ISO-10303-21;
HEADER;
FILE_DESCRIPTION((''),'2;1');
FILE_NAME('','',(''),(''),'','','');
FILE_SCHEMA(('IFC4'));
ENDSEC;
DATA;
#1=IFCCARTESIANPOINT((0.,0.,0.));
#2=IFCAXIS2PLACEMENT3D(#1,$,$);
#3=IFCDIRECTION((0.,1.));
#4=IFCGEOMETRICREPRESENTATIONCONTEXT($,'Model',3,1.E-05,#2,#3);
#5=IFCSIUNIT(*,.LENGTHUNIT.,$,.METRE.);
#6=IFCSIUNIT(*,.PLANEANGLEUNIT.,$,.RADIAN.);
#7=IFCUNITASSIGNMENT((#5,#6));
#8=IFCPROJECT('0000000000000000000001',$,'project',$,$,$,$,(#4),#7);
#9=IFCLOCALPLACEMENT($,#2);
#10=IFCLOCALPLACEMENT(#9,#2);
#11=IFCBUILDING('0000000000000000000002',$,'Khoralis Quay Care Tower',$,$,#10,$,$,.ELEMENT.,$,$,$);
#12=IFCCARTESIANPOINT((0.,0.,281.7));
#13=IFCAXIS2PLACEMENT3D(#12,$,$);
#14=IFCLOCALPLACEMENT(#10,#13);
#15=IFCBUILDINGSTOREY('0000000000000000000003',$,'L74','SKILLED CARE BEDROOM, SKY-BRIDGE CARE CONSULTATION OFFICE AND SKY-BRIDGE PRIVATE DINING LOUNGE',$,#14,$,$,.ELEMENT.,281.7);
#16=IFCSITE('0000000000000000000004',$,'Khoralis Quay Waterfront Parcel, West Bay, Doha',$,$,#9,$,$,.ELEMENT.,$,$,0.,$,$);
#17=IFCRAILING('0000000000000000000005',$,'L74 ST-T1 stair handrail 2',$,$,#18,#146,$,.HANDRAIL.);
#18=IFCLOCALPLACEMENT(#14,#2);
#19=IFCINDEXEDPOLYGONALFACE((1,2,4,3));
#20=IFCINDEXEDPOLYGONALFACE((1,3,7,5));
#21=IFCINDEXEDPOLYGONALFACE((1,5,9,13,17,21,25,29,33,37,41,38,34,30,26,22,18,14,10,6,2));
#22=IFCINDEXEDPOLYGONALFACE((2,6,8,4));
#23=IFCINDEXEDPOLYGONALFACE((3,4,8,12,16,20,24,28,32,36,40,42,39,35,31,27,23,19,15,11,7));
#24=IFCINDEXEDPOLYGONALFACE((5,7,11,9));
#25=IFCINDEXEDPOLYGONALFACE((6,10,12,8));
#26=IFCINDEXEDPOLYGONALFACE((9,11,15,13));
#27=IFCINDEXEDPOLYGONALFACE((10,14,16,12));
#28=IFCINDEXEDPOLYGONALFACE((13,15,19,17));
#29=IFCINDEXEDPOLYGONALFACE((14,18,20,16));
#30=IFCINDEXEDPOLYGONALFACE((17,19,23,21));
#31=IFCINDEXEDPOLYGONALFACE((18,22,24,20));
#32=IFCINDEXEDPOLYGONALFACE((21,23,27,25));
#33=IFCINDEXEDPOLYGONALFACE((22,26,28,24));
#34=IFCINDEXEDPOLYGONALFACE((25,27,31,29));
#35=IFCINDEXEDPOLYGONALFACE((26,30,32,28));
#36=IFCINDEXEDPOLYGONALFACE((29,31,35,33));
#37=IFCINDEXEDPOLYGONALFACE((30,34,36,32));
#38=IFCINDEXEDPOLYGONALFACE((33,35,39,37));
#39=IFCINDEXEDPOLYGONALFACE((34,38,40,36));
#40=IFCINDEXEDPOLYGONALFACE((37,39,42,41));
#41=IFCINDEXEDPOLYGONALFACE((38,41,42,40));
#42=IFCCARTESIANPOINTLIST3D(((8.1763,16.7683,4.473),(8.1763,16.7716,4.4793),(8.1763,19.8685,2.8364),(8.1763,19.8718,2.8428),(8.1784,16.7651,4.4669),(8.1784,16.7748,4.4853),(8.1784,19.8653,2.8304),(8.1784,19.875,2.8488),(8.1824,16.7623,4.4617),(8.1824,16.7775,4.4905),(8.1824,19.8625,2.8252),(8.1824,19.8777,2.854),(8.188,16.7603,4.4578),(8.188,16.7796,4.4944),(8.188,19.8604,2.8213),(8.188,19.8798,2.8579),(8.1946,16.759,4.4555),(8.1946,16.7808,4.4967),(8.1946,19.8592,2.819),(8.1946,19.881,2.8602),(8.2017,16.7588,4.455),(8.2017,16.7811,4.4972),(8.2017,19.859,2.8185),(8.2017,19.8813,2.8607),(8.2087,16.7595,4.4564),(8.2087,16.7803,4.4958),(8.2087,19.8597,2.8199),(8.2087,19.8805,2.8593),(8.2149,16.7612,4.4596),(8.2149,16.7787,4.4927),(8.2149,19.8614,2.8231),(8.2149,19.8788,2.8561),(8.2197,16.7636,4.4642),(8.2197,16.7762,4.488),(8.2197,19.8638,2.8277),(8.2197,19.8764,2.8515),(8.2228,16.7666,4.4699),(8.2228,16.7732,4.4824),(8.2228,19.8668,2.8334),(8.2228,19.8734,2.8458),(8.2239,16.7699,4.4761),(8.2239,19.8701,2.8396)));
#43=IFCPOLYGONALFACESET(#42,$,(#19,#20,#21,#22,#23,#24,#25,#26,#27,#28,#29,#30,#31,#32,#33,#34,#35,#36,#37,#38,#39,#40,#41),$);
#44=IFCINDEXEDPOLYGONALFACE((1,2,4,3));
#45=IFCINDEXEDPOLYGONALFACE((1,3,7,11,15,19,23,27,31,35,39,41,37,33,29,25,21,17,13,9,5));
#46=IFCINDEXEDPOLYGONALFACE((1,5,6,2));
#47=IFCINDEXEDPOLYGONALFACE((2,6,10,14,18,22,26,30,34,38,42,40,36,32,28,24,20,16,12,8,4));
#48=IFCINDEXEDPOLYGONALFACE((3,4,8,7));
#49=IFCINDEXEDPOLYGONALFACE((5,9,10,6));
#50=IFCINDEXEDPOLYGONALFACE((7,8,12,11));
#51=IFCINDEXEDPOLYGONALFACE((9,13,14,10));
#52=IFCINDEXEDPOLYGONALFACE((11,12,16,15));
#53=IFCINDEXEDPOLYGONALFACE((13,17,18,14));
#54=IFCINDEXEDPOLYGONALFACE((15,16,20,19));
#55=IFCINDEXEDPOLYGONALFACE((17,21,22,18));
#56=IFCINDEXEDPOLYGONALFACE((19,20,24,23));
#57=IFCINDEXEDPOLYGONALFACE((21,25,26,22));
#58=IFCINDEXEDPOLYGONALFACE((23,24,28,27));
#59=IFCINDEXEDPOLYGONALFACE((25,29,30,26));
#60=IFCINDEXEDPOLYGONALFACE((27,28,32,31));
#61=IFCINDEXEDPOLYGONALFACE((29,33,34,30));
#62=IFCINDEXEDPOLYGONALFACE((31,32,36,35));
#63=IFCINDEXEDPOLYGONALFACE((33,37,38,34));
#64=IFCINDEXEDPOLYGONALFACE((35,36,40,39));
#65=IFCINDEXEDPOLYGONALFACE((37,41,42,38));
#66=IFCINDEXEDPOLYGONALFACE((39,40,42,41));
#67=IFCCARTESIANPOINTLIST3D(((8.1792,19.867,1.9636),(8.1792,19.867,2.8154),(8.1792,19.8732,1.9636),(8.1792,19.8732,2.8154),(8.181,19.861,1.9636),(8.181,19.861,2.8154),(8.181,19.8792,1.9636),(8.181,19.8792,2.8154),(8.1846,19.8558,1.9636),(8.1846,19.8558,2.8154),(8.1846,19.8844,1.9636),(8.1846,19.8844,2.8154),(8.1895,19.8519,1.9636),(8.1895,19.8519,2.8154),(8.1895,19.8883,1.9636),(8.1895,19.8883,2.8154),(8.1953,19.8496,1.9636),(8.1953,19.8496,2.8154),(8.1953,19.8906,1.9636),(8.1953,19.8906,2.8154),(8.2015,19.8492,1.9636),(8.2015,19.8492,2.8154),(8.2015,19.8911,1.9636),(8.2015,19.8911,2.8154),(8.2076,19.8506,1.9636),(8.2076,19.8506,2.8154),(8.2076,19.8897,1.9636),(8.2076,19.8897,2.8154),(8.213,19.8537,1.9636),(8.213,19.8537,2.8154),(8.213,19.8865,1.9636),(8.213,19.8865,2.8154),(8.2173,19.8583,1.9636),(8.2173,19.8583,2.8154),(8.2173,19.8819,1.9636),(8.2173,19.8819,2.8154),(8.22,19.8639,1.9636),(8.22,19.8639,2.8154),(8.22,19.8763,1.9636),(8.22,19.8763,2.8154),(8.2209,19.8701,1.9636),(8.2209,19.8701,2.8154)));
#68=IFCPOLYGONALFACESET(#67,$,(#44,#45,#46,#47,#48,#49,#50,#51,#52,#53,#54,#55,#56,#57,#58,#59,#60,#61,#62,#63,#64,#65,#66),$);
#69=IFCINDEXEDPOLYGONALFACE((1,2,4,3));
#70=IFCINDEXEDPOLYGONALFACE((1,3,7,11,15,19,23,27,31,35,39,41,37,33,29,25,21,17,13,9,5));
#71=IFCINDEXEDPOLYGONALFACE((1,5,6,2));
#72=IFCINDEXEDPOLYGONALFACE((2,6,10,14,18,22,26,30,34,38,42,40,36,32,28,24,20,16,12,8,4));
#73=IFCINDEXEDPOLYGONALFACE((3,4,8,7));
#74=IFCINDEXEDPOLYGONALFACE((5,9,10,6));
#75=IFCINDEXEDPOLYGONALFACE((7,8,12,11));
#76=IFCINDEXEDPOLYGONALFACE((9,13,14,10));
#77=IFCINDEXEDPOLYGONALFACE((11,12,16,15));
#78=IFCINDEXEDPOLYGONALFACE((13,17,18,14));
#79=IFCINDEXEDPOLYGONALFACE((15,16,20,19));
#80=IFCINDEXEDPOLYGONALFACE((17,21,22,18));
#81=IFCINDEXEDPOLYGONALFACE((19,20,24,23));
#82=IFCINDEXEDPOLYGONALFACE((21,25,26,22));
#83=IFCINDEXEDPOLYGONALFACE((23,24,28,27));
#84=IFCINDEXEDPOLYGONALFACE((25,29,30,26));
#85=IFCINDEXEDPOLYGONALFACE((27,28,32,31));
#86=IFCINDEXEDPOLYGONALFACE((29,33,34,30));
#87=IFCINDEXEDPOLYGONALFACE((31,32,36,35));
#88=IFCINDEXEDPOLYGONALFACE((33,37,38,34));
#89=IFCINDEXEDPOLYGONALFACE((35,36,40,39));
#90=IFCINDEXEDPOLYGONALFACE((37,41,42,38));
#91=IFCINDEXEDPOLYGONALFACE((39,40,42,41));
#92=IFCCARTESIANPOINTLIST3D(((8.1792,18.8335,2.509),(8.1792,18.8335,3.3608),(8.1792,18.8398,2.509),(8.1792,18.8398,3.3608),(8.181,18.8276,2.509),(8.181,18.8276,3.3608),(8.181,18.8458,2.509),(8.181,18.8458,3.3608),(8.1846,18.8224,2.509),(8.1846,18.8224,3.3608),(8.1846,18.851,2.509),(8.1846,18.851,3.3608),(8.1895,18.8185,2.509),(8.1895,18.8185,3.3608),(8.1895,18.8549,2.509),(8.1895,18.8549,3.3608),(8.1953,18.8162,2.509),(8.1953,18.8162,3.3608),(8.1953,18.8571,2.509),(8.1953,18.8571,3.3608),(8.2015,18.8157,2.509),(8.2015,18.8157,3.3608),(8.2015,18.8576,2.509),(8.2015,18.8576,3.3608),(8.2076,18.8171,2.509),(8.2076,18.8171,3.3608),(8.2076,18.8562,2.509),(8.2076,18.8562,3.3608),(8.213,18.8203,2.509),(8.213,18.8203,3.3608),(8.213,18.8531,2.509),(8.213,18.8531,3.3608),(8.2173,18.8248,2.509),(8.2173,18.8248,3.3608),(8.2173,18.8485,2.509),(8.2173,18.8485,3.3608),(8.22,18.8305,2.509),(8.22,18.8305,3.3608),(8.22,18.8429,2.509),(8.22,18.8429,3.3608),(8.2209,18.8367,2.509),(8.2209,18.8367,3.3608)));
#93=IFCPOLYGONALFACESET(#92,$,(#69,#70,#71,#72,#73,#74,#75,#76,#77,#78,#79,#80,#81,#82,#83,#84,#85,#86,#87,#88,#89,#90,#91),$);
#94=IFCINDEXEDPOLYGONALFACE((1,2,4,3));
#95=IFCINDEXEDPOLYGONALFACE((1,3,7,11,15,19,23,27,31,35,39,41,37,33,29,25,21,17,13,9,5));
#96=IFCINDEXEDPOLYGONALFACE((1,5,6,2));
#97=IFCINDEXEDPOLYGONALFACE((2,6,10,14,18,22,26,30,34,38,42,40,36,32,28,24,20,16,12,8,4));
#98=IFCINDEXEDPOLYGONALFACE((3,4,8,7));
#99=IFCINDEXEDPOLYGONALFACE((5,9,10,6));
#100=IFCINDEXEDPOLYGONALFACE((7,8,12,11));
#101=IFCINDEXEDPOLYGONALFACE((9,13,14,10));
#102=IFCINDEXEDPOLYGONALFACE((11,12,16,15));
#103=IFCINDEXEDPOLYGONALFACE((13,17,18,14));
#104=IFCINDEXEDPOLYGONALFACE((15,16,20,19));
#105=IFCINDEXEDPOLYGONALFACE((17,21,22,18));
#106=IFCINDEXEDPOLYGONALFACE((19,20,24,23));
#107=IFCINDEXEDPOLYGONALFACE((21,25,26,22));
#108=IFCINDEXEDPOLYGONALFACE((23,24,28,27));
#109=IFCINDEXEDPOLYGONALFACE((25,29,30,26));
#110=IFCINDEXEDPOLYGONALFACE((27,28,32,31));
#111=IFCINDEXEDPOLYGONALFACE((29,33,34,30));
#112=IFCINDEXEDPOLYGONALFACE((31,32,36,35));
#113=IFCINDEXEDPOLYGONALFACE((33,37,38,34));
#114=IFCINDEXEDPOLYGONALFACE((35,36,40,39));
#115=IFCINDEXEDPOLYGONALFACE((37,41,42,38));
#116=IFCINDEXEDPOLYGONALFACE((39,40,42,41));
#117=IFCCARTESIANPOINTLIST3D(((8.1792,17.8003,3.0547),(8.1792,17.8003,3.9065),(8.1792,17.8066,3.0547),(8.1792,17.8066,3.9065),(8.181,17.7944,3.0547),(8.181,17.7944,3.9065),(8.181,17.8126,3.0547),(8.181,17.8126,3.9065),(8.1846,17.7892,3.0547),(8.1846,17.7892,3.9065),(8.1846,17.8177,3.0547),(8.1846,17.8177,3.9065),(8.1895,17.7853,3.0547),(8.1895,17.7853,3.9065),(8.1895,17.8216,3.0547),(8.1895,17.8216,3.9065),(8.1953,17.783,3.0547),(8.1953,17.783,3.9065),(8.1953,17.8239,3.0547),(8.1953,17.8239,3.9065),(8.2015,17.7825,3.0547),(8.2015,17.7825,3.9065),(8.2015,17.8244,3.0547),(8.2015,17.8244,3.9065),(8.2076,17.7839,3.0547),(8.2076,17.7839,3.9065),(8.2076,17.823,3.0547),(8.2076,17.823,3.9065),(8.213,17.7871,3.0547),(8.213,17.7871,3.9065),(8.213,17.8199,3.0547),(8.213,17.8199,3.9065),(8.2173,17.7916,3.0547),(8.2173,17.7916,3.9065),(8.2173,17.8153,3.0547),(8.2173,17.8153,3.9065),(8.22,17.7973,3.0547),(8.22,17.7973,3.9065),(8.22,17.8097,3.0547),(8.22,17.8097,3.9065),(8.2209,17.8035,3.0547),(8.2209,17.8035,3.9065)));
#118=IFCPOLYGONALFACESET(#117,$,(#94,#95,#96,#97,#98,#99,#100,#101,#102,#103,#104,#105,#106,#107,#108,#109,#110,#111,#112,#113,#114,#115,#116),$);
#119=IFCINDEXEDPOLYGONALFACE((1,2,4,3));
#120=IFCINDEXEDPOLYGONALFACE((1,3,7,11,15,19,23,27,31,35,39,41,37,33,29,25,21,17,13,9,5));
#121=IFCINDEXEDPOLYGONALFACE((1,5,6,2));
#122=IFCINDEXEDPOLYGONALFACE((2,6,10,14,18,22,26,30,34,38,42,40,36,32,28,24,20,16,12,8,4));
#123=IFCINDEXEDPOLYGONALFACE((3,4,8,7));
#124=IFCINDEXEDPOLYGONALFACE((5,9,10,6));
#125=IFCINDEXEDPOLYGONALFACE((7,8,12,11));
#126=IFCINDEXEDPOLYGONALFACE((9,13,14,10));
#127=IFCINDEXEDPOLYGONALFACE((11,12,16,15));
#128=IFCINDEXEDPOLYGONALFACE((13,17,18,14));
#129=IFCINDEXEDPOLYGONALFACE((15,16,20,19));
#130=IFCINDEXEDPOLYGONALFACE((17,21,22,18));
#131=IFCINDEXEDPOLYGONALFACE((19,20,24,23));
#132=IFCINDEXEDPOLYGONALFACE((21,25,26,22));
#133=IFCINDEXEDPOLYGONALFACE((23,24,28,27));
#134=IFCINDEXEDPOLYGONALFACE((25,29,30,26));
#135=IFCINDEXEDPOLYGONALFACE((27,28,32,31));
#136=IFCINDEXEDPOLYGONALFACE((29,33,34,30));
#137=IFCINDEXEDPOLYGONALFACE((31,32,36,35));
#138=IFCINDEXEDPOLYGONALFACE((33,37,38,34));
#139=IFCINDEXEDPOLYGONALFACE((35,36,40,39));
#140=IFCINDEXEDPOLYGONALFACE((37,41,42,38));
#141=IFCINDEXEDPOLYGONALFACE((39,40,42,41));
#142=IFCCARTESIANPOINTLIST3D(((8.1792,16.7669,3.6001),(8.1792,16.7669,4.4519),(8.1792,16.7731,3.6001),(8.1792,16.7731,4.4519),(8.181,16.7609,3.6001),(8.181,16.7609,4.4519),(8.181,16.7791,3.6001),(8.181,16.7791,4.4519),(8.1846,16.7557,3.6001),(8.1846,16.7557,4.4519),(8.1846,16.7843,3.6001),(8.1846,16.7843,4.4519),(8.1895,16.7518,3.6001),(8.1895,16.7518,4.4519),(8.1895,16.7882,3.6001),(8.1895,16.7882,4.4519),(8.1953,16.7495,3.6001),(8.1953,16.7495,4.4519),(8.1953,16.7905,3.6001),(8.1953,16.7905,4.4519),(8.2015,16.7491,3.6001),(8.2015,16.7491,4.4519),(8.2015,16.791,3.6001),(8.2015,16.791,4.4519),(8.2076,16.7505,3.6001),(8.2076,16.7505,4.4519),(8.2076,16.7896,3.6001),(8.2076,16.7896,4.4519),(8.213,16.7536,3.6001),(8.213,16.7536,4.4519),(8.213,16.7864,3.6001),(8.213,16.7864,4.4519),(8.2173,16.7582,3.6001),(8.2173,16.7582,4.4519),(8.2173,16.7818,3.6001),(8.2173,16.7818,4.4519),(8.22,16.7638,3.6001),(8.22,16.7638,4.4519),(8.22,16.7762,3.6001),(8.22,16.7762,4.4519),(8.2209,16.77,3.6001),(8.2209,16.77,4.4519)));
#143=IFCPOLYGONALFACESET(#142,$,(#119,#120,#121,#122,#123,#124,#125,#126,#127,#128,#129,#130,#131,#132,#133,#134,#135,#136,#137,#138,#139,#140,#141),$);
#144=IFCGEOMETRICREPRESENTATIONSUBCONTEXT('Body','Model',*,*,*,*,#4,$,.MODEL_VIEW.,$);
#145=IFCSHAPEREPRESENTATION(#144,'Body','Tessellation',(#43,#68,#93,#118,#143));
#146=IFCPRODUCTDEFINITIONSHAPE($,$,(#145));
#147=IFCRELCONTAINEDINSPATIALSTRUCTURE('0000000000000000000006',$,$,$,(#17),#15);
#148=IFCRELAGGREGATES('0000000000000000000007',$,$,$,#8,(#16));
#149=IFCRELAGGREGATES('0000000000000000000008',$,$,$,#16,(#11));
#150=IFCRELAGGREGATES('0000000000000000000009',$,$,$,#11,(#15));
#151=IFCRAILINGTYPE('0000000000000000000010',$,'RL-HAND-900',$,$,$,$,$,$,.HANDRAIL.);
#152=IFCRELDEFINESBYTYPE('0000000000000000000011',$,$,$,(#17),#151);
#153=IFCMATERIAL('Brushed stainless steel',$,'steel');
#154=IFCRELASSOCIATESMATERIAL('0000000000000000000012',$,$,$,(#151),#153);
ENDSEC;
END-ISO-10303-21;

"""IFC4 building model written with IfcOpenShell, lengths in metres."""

from ifc_helpers import new_model, si_unit, direction, frame, origin, origin_2d, place, context, subcontext, project, spatial, circle, extrude, material, type_object, element, save


model = new_model("IFC4")

# Units and contexts
model_context = context("Model", 3, precision=1e-05, world=origin(), true_north=direction((0.0, 1.0)))
body_context = subcontext(model_context, "Body", "Model", "MODEL_VIEW")
ifc_project = project(units=[si_unit("LENGTHUNIT", "METRE"), si_unit("PLANEANGLEUNIT", "RADIAN")], contexts=[model_context])

# Site, building, storey
site_placement = place(None, origin())
site = spatial("IfcSite", under=ifc_project, at=site_placement, Name="Khoralis Quay Waterfront Parcel, West Bay, Doha", CompositionType="ELEMENT", RefElevation=0.0)
building_placement = place(site_placement, origin())
building = spatial("IfcBuilding", under=site, at=building_placement, Name="Khoralis Quay Care Tower", CompositionType="ELEMENT")
storey_placement = place(building_placement, frame((0.0, 0.0, 281.7)))
storey = spatial("IfcBuildingStorey", under=building, at=storey_placement, Name="L74", Description="SKILLED CARE BEDROOM, SKY-BRIDGE CARE CONSULTATION OFFICE AND SKY-BRIDGE PRIVATE DINING LOUNGE", CompositionType="ELEMENT", Elevation=281.7)

# Shared definitions
ifc_material_1 = material(Name="Brushed stainless steel", Category="steel")

# Railing
railing_type_1 = type_object("IfcRailingType", Name="RL-HAND-900", PredefinedType="HANDRAIL", material=ifc_material_1)
railing_1_placement = place(storey_placement, frame((8.2, 19.8701, 1.9636)))
element("IfcRailing", 1, at=railing_1_placement, inside=storey, type_object=railing_type_1, Name="L74 ST-T1 stair handrail 2", PredefinedType="HANDRAIL", context=body_context, shape_type="SweptSolid", body=[
    extrude(circle(Radius=0.0239, at=origin_2d()), frame((0.0, 0.0, 0.876), z_axis=(0.0, -0.884348, 0.466828), x_axis=(1.0, 0.0, 0.0)), (0.0, 0.0, 1.0), 3.5056),
    extrude(circle(Radius=0.021, at=origin_2d()), origin(), (0.0, 0.0, 1.0), 0.8518),
    extrude(circle(Radius=0.021, at=origin_2d()), frame((0.0, -1.0334, 0.5454)), (0.0, 0.0, 1.0), 0.8518),
    extrude(circle(Radius=0.021, at=origin_2d()), frame((0.0, -2.0667, 1.0911)), (0.0, 0.0, 1.0), 0.8518),
    extrude(circle(Radius=0.021, at=origin_2d()), frame((0.0, -3.1001, 1.6365)), (0.0, 0.0, 1.0), 0.8518),
])

save(model, "model.ifc")
